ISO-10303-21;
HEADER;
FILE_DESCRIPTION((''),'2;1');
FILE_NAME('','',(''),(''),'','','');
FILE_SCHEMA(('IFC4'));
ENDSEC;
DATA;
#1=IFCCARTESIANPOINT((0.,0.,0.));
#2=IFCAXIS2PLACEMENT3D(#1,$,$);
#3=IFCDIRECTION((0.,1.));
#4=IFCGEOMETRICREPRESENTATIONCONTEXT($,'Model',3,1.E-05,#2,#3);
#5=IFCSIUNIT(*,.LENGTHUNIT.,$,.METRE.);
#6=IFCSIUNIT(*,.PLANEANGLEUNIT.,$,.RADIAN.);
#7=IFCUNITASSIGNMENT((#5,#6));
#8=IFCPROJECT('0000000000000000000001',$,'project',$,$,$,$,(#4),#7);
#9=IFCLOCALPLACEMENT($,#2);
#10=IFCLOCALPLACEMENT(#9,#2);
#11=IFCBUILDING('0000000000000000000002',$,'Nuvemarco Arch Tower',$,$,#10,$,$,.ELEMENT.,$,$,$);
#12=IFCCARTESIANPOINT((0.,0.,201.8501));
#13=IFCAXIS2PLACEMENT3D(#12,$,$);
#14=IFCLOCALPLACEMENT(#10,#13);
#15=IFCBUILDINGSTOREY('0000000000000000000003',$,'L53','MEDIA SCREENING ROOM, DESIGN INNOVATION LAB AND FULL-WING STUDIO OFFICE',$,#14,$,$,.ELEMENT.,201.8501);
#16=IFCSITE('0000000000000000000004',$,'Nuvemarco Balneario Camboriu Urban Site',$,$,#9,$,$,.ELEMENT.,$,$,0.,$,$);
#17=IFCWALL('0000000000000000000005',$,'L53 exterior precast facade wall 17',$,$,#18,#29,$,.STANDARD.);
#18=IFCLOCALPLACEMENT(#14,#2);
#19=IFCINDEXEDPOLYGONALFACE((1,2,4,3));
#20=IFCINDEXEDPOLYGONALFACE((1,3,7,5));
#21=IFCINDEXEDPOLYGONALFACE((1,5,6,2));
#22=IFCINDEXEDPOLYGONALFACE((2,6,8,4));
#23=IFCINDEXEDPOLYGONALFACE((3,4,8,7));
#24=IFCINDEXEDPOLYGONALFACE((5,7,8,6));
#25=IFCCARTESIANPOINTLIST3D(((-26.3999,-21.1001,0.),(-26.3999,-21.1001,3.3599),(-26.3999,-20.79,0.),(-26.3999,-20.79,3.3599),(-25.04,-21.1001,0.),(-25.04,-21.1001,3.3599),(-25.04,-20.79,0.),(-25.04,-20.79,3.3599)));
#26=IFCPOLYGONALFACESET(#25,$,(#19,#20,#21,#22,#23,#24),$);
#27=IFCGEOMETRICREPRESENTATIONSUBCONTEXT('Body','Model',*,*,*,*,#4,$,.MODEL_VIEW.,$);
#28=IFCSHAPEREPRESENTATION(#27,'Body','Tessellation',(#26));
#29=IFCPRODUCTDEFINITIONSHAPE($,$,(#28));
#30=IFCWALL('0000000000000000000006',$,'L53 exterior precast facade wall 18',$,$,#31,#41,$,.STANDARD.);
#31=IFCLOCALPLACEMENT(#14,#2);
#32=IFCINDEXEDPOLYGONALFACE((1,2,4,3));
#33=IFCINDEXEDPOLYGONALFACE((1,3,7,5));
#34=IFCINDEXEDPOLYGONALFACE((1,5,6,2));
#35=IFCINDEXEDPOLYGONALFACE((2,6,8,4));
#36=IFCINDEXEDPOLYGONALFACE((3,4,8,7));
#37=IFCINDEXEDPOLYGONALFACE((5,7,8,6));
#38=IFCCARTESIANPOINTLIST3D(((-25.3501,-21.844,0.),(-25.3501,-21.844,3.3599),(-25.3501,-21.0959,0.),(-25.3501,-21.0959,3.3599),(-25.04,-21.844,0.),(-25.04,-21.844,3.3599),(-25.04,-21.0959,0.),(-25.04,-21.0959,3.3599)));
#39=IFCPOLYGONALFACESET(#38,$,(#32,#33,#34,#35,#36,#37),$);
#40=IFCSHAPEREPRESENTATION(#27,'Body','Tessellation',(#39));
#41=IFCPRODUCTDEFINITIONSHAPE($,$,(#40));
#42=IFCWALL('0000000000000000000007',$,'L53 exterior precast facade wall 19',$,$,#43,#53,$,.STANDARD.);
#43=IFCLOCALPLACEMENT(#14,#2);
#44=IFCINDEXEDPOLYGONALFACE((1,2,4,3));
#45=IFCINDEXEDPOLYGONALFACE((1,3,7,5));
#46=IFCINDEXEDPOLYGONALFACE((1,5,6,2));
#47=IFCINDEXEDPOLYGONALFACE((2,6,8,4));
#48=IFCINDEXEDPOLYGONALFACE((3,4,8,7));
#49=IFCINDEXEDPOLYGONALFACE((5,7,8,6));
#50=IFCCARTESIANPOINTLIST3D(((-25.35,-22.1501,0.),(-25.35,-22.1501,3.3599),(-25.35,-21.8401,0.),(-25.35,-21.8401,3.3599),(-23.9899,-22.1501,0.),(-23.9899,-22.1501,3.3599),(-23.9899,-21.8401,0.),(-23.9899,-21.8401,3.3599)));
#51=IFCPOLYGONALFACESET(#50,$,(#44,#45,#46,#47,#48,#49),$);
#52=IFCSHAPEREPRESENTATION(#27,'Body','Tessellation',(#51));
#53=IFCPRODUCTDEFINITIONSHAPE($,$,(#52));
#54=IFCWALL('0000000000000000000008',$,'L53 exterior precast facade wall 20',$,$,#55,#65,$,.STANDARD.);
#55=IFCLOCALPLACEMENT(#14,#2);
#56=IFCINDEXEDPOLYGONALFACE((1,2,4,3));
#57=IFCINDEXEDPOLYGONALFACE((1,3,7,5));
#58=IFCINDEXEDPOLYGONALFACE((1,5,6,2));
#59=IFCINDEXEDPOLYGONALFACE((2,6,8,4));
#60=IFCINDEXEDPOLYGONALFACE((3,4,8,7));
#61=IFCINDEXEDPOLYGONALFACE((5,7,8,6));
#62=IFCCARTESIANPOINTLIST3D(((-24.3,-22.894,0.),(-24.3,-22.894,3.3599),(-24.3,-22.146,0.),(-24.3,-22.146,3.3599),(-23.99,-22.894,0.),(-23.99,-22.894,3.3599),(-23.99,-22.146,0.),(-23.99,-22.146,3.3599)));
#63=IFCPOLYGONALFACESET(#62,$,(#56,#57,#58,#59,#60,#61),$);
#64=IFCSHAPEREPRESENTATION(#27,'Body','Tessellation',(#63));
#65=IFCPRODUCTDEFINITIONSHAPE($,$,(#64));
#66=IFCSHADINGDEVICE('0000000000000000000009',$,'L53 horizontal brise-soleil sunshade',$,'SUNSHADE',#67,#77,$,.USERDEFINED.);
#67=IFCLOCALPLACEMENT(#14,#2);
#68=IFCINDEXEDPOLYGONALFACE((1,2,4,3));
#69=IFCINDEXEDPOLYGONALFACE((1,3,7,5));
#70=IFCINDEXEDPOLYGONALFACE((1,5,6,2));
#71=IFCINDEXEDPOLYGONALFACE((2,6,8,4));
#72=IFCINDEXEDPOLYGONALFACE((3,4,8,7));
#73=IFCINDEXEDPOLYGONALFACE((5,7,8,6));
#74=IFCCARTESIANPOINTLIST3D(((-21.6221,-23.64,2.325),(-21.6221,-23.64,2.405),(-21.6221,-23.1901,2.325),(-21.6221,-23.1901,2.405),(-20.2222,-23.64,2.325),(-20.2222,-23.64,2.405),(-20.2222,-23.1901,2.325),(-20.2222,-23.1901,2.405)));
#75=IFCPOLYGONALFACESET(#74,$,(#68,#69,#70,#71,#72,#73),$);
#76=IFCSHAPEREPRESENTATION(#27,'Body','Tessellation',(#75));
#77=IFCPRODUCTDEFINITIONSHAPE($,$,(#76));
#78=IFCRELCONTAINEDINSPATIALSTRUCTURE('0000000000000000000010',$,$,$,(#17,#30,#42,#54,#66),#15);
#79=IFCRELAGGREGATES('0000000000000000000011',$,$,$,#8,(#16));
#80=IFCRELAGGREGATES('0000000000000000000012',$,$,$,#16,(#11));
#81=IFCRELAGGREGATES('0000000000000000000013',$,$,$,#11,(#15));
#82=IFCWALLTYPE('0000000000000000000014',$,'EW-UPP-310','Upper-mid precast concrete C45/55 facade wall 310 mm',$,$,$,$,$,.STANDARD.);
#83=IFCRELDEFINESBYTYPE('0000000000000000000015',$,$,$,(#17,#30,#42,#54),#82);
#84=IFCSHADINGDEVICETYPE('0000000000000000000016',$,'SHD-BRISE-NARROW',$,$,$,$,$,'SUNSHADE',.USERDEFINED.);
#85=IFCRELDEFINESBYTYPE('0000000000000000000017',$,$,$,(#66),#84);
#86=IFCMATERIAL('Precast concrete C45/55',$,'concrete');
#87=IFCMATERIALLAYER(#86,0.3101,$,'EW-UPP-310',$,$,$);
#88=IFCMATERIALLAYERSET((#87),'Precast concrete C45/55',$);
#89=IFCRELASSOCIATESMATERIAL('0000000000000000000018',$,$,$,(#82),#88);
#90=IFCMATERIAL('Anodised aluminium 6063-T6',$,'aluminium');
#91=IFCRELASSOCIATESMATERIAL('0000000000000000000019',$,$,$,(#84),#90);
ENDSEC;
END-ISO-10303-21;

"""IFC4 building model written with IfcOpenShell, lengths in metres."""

from ifc_helpers import new_model, si_unit, direction, frame, frame_2d, origin, origin_2d, place, context, subcontext, project, spatial, rectangle, extrude, source, transform, mapped, material, layer, layer_set, type_object, type_shapes, element, save


model = new_model("IFC4")

# Units and contexts
model_context = context("Model", 3, precision=1e-05, world=origin(), true_north=direction((0.0, 1.0)))
body_context = subcontext(model_context, "Body", "Model", "MODEL_VIEW")
ifc_project = project(units=[si_unit("LENGTHUNIT", "METRE"), si_unit("PLANEANGLEUNIT", "RADIAN")], contexts=[model_context])

# Site, building, storey
site_placement = place(None, origin())
site = spatial("IfcSite", under=ifc_project, at=site_placement, Name="Nuvemarco Balneario Camboriu Urban Site", CompositionType="ELEMENT", RefElevation=0.0)
building_placement = place(site_placement, origin())
building = spatial("IfcBuilding", under=site, at=building_placement, Name="Nuvemarco Arch Tower", CompositionType="ELEMENT")
storey_placement = place(building_placement, frame((0.0, 0.0, 201.8501)))
storey = spatial("IfcBuildingStorey", under=building, at=storey_placement, Name="L53", Description="MEDIA SCREENING ROOM, DESIGN INNOVATION LAB AND FULL-WING STUDIO OFFICE", CompositionType="ELEMENT", Elevation=201.8501)

# Shared definitions
ifc_material_1 = material(Name="Precast concrete C45/55", Category="concrete")
ifc_layer = layer(ifc_material_1, 0.3101, Name="EW-UPP-310")
ifc_layer_set = layer_set([ifc_layer], Name="Precast concrete C45/55")
wall_type = type_object("IfcWallType", Name="EW-UPP-310", Description="Upper-mid precast concrete C45/55 facade wall 310 mm", PredefinedType="STANDARD", material=ifc_layer_set)

# Walls
wall_1_placement = place(storey_placement, frame((-26.3999, -20.9451, 0.0), z_axis=(0.0, 0.0, 1.0), x_axis=(1.0, 0.0, 0.0)))
element("IfcWall", 1, at=wall_1_placement, inside=storey, type_object=wall_type, Name="L53 exterior precast facade wall 17", PredefinedType="STANDARD", context=body_context, shape_type="SweptSolid", body=[
    extrude(rectangle(XDim=1.3599, YDim=0.3101, at=frame_2d((0.6799, 0.0))), origin(), (0.0, 0.0, 1.0), 3.3599),
])
wall_2_placement = place(storey_placement, frame((-25.1951, -21.844, 0.0), z_axis=(0.0, 0.0, 1.0), x_axis=(0.0, 1.0, 0.0)))
element("IfcWall", 2, at=wall_2_placement, inside=storey, type_object=wall_type, Name="L53 exterior precast facade wall 18", PredefinedType="STANDARD", context=body_context, shape_type="SweptSolid", body=[
    extrude(rectangle(XDim=0.748, YDim=0.3101, at=frame_2d((0.374, 0.0))), origin(), (0.0, 0.0, 1.0), 3.3599),
])
wall_3_placement = place(storey_placement, frame((-25.3501, -21.9951, 0.0), z_axis=(0.0, 0.0, 1.0), x_axis=(1.0, 0.0, 0.0)))
element("IfcWall", 3, at=wall_3_placement, inside=storey, type_object=wall_type, Name="L53 exterior precast facade wall 19", PredefinedType="STANDARD", context=body_context, shape_type="SweptSolid", body=[
    extrude(rectangle(XDim=1.3601, YDim=0.3101, at=frame_2d((0.6802, 0.0))), origin(), (0.0, 0.0, 1.0), 3.3599),
])
wall_4_placement = place(storey_placement, frame((-24.145, -22.894, 0.0), z_axis=(0.0, 0.0, 1.0), x_axis=(0.0, 1.0, 0.0)))
element("IfcWall", 4, at=wall_4_placement, inside=storey, type_object=wall_type, Name="L53 exterior precast facade wall 20", PredefinedType="STANDARD", context=body_context, shape_type="SweptSolid", body=[
    extrude(rectangle(XDim=0.748, YDim=0.3101, at=frame_2d((0.374, 0.0))), origin(), (0.0, 0.0, 1.0), 3.3599),
])

# Shading device
ifc_material_2 = material(Name="Anodised aluminium 6063-T6", Category="aluminium")
shading_device_type = type_object("IfcShadingDeviceType", Name="SHD-BRISE-NARROW", ElementType="SUNSHADE", PredefinedType="USERDEFINED", material=ifc_material_2)
shared_shape_1 = source(origin(), body_context, "Body", "SweptSolid", [
    extrude(rectangle(XDim=1.3999, YDim=0.45, at=origin_2d()), origin(), (0.0, 0.0, 1.0), 0.0801),
])
type_shapes(shading_device_type, [shared_shape_1])
shading_device_placement = place(storey_placement, frame((-20.9221, -23.415, 2.325), z_axis=(0.0, 0.0, 1.0), x_axis=(1.0, 0.0, 0.0)))
element("IfcShadingDevice", 5, at=shading_device_placement, inside=storey, type_object=shading_device_type, Name="L53 horizontal brise-soleil sunshade", ObjectType="SUNSHADE", PredefinedType="USERDEFINED", context=body_context, shape_type="MappedRepresentation", body=[
    mapped(shared_shape_1, transform((0.0, 0.0, 0.0), scale=1.0)),
])

save(model, "model.ifc")
